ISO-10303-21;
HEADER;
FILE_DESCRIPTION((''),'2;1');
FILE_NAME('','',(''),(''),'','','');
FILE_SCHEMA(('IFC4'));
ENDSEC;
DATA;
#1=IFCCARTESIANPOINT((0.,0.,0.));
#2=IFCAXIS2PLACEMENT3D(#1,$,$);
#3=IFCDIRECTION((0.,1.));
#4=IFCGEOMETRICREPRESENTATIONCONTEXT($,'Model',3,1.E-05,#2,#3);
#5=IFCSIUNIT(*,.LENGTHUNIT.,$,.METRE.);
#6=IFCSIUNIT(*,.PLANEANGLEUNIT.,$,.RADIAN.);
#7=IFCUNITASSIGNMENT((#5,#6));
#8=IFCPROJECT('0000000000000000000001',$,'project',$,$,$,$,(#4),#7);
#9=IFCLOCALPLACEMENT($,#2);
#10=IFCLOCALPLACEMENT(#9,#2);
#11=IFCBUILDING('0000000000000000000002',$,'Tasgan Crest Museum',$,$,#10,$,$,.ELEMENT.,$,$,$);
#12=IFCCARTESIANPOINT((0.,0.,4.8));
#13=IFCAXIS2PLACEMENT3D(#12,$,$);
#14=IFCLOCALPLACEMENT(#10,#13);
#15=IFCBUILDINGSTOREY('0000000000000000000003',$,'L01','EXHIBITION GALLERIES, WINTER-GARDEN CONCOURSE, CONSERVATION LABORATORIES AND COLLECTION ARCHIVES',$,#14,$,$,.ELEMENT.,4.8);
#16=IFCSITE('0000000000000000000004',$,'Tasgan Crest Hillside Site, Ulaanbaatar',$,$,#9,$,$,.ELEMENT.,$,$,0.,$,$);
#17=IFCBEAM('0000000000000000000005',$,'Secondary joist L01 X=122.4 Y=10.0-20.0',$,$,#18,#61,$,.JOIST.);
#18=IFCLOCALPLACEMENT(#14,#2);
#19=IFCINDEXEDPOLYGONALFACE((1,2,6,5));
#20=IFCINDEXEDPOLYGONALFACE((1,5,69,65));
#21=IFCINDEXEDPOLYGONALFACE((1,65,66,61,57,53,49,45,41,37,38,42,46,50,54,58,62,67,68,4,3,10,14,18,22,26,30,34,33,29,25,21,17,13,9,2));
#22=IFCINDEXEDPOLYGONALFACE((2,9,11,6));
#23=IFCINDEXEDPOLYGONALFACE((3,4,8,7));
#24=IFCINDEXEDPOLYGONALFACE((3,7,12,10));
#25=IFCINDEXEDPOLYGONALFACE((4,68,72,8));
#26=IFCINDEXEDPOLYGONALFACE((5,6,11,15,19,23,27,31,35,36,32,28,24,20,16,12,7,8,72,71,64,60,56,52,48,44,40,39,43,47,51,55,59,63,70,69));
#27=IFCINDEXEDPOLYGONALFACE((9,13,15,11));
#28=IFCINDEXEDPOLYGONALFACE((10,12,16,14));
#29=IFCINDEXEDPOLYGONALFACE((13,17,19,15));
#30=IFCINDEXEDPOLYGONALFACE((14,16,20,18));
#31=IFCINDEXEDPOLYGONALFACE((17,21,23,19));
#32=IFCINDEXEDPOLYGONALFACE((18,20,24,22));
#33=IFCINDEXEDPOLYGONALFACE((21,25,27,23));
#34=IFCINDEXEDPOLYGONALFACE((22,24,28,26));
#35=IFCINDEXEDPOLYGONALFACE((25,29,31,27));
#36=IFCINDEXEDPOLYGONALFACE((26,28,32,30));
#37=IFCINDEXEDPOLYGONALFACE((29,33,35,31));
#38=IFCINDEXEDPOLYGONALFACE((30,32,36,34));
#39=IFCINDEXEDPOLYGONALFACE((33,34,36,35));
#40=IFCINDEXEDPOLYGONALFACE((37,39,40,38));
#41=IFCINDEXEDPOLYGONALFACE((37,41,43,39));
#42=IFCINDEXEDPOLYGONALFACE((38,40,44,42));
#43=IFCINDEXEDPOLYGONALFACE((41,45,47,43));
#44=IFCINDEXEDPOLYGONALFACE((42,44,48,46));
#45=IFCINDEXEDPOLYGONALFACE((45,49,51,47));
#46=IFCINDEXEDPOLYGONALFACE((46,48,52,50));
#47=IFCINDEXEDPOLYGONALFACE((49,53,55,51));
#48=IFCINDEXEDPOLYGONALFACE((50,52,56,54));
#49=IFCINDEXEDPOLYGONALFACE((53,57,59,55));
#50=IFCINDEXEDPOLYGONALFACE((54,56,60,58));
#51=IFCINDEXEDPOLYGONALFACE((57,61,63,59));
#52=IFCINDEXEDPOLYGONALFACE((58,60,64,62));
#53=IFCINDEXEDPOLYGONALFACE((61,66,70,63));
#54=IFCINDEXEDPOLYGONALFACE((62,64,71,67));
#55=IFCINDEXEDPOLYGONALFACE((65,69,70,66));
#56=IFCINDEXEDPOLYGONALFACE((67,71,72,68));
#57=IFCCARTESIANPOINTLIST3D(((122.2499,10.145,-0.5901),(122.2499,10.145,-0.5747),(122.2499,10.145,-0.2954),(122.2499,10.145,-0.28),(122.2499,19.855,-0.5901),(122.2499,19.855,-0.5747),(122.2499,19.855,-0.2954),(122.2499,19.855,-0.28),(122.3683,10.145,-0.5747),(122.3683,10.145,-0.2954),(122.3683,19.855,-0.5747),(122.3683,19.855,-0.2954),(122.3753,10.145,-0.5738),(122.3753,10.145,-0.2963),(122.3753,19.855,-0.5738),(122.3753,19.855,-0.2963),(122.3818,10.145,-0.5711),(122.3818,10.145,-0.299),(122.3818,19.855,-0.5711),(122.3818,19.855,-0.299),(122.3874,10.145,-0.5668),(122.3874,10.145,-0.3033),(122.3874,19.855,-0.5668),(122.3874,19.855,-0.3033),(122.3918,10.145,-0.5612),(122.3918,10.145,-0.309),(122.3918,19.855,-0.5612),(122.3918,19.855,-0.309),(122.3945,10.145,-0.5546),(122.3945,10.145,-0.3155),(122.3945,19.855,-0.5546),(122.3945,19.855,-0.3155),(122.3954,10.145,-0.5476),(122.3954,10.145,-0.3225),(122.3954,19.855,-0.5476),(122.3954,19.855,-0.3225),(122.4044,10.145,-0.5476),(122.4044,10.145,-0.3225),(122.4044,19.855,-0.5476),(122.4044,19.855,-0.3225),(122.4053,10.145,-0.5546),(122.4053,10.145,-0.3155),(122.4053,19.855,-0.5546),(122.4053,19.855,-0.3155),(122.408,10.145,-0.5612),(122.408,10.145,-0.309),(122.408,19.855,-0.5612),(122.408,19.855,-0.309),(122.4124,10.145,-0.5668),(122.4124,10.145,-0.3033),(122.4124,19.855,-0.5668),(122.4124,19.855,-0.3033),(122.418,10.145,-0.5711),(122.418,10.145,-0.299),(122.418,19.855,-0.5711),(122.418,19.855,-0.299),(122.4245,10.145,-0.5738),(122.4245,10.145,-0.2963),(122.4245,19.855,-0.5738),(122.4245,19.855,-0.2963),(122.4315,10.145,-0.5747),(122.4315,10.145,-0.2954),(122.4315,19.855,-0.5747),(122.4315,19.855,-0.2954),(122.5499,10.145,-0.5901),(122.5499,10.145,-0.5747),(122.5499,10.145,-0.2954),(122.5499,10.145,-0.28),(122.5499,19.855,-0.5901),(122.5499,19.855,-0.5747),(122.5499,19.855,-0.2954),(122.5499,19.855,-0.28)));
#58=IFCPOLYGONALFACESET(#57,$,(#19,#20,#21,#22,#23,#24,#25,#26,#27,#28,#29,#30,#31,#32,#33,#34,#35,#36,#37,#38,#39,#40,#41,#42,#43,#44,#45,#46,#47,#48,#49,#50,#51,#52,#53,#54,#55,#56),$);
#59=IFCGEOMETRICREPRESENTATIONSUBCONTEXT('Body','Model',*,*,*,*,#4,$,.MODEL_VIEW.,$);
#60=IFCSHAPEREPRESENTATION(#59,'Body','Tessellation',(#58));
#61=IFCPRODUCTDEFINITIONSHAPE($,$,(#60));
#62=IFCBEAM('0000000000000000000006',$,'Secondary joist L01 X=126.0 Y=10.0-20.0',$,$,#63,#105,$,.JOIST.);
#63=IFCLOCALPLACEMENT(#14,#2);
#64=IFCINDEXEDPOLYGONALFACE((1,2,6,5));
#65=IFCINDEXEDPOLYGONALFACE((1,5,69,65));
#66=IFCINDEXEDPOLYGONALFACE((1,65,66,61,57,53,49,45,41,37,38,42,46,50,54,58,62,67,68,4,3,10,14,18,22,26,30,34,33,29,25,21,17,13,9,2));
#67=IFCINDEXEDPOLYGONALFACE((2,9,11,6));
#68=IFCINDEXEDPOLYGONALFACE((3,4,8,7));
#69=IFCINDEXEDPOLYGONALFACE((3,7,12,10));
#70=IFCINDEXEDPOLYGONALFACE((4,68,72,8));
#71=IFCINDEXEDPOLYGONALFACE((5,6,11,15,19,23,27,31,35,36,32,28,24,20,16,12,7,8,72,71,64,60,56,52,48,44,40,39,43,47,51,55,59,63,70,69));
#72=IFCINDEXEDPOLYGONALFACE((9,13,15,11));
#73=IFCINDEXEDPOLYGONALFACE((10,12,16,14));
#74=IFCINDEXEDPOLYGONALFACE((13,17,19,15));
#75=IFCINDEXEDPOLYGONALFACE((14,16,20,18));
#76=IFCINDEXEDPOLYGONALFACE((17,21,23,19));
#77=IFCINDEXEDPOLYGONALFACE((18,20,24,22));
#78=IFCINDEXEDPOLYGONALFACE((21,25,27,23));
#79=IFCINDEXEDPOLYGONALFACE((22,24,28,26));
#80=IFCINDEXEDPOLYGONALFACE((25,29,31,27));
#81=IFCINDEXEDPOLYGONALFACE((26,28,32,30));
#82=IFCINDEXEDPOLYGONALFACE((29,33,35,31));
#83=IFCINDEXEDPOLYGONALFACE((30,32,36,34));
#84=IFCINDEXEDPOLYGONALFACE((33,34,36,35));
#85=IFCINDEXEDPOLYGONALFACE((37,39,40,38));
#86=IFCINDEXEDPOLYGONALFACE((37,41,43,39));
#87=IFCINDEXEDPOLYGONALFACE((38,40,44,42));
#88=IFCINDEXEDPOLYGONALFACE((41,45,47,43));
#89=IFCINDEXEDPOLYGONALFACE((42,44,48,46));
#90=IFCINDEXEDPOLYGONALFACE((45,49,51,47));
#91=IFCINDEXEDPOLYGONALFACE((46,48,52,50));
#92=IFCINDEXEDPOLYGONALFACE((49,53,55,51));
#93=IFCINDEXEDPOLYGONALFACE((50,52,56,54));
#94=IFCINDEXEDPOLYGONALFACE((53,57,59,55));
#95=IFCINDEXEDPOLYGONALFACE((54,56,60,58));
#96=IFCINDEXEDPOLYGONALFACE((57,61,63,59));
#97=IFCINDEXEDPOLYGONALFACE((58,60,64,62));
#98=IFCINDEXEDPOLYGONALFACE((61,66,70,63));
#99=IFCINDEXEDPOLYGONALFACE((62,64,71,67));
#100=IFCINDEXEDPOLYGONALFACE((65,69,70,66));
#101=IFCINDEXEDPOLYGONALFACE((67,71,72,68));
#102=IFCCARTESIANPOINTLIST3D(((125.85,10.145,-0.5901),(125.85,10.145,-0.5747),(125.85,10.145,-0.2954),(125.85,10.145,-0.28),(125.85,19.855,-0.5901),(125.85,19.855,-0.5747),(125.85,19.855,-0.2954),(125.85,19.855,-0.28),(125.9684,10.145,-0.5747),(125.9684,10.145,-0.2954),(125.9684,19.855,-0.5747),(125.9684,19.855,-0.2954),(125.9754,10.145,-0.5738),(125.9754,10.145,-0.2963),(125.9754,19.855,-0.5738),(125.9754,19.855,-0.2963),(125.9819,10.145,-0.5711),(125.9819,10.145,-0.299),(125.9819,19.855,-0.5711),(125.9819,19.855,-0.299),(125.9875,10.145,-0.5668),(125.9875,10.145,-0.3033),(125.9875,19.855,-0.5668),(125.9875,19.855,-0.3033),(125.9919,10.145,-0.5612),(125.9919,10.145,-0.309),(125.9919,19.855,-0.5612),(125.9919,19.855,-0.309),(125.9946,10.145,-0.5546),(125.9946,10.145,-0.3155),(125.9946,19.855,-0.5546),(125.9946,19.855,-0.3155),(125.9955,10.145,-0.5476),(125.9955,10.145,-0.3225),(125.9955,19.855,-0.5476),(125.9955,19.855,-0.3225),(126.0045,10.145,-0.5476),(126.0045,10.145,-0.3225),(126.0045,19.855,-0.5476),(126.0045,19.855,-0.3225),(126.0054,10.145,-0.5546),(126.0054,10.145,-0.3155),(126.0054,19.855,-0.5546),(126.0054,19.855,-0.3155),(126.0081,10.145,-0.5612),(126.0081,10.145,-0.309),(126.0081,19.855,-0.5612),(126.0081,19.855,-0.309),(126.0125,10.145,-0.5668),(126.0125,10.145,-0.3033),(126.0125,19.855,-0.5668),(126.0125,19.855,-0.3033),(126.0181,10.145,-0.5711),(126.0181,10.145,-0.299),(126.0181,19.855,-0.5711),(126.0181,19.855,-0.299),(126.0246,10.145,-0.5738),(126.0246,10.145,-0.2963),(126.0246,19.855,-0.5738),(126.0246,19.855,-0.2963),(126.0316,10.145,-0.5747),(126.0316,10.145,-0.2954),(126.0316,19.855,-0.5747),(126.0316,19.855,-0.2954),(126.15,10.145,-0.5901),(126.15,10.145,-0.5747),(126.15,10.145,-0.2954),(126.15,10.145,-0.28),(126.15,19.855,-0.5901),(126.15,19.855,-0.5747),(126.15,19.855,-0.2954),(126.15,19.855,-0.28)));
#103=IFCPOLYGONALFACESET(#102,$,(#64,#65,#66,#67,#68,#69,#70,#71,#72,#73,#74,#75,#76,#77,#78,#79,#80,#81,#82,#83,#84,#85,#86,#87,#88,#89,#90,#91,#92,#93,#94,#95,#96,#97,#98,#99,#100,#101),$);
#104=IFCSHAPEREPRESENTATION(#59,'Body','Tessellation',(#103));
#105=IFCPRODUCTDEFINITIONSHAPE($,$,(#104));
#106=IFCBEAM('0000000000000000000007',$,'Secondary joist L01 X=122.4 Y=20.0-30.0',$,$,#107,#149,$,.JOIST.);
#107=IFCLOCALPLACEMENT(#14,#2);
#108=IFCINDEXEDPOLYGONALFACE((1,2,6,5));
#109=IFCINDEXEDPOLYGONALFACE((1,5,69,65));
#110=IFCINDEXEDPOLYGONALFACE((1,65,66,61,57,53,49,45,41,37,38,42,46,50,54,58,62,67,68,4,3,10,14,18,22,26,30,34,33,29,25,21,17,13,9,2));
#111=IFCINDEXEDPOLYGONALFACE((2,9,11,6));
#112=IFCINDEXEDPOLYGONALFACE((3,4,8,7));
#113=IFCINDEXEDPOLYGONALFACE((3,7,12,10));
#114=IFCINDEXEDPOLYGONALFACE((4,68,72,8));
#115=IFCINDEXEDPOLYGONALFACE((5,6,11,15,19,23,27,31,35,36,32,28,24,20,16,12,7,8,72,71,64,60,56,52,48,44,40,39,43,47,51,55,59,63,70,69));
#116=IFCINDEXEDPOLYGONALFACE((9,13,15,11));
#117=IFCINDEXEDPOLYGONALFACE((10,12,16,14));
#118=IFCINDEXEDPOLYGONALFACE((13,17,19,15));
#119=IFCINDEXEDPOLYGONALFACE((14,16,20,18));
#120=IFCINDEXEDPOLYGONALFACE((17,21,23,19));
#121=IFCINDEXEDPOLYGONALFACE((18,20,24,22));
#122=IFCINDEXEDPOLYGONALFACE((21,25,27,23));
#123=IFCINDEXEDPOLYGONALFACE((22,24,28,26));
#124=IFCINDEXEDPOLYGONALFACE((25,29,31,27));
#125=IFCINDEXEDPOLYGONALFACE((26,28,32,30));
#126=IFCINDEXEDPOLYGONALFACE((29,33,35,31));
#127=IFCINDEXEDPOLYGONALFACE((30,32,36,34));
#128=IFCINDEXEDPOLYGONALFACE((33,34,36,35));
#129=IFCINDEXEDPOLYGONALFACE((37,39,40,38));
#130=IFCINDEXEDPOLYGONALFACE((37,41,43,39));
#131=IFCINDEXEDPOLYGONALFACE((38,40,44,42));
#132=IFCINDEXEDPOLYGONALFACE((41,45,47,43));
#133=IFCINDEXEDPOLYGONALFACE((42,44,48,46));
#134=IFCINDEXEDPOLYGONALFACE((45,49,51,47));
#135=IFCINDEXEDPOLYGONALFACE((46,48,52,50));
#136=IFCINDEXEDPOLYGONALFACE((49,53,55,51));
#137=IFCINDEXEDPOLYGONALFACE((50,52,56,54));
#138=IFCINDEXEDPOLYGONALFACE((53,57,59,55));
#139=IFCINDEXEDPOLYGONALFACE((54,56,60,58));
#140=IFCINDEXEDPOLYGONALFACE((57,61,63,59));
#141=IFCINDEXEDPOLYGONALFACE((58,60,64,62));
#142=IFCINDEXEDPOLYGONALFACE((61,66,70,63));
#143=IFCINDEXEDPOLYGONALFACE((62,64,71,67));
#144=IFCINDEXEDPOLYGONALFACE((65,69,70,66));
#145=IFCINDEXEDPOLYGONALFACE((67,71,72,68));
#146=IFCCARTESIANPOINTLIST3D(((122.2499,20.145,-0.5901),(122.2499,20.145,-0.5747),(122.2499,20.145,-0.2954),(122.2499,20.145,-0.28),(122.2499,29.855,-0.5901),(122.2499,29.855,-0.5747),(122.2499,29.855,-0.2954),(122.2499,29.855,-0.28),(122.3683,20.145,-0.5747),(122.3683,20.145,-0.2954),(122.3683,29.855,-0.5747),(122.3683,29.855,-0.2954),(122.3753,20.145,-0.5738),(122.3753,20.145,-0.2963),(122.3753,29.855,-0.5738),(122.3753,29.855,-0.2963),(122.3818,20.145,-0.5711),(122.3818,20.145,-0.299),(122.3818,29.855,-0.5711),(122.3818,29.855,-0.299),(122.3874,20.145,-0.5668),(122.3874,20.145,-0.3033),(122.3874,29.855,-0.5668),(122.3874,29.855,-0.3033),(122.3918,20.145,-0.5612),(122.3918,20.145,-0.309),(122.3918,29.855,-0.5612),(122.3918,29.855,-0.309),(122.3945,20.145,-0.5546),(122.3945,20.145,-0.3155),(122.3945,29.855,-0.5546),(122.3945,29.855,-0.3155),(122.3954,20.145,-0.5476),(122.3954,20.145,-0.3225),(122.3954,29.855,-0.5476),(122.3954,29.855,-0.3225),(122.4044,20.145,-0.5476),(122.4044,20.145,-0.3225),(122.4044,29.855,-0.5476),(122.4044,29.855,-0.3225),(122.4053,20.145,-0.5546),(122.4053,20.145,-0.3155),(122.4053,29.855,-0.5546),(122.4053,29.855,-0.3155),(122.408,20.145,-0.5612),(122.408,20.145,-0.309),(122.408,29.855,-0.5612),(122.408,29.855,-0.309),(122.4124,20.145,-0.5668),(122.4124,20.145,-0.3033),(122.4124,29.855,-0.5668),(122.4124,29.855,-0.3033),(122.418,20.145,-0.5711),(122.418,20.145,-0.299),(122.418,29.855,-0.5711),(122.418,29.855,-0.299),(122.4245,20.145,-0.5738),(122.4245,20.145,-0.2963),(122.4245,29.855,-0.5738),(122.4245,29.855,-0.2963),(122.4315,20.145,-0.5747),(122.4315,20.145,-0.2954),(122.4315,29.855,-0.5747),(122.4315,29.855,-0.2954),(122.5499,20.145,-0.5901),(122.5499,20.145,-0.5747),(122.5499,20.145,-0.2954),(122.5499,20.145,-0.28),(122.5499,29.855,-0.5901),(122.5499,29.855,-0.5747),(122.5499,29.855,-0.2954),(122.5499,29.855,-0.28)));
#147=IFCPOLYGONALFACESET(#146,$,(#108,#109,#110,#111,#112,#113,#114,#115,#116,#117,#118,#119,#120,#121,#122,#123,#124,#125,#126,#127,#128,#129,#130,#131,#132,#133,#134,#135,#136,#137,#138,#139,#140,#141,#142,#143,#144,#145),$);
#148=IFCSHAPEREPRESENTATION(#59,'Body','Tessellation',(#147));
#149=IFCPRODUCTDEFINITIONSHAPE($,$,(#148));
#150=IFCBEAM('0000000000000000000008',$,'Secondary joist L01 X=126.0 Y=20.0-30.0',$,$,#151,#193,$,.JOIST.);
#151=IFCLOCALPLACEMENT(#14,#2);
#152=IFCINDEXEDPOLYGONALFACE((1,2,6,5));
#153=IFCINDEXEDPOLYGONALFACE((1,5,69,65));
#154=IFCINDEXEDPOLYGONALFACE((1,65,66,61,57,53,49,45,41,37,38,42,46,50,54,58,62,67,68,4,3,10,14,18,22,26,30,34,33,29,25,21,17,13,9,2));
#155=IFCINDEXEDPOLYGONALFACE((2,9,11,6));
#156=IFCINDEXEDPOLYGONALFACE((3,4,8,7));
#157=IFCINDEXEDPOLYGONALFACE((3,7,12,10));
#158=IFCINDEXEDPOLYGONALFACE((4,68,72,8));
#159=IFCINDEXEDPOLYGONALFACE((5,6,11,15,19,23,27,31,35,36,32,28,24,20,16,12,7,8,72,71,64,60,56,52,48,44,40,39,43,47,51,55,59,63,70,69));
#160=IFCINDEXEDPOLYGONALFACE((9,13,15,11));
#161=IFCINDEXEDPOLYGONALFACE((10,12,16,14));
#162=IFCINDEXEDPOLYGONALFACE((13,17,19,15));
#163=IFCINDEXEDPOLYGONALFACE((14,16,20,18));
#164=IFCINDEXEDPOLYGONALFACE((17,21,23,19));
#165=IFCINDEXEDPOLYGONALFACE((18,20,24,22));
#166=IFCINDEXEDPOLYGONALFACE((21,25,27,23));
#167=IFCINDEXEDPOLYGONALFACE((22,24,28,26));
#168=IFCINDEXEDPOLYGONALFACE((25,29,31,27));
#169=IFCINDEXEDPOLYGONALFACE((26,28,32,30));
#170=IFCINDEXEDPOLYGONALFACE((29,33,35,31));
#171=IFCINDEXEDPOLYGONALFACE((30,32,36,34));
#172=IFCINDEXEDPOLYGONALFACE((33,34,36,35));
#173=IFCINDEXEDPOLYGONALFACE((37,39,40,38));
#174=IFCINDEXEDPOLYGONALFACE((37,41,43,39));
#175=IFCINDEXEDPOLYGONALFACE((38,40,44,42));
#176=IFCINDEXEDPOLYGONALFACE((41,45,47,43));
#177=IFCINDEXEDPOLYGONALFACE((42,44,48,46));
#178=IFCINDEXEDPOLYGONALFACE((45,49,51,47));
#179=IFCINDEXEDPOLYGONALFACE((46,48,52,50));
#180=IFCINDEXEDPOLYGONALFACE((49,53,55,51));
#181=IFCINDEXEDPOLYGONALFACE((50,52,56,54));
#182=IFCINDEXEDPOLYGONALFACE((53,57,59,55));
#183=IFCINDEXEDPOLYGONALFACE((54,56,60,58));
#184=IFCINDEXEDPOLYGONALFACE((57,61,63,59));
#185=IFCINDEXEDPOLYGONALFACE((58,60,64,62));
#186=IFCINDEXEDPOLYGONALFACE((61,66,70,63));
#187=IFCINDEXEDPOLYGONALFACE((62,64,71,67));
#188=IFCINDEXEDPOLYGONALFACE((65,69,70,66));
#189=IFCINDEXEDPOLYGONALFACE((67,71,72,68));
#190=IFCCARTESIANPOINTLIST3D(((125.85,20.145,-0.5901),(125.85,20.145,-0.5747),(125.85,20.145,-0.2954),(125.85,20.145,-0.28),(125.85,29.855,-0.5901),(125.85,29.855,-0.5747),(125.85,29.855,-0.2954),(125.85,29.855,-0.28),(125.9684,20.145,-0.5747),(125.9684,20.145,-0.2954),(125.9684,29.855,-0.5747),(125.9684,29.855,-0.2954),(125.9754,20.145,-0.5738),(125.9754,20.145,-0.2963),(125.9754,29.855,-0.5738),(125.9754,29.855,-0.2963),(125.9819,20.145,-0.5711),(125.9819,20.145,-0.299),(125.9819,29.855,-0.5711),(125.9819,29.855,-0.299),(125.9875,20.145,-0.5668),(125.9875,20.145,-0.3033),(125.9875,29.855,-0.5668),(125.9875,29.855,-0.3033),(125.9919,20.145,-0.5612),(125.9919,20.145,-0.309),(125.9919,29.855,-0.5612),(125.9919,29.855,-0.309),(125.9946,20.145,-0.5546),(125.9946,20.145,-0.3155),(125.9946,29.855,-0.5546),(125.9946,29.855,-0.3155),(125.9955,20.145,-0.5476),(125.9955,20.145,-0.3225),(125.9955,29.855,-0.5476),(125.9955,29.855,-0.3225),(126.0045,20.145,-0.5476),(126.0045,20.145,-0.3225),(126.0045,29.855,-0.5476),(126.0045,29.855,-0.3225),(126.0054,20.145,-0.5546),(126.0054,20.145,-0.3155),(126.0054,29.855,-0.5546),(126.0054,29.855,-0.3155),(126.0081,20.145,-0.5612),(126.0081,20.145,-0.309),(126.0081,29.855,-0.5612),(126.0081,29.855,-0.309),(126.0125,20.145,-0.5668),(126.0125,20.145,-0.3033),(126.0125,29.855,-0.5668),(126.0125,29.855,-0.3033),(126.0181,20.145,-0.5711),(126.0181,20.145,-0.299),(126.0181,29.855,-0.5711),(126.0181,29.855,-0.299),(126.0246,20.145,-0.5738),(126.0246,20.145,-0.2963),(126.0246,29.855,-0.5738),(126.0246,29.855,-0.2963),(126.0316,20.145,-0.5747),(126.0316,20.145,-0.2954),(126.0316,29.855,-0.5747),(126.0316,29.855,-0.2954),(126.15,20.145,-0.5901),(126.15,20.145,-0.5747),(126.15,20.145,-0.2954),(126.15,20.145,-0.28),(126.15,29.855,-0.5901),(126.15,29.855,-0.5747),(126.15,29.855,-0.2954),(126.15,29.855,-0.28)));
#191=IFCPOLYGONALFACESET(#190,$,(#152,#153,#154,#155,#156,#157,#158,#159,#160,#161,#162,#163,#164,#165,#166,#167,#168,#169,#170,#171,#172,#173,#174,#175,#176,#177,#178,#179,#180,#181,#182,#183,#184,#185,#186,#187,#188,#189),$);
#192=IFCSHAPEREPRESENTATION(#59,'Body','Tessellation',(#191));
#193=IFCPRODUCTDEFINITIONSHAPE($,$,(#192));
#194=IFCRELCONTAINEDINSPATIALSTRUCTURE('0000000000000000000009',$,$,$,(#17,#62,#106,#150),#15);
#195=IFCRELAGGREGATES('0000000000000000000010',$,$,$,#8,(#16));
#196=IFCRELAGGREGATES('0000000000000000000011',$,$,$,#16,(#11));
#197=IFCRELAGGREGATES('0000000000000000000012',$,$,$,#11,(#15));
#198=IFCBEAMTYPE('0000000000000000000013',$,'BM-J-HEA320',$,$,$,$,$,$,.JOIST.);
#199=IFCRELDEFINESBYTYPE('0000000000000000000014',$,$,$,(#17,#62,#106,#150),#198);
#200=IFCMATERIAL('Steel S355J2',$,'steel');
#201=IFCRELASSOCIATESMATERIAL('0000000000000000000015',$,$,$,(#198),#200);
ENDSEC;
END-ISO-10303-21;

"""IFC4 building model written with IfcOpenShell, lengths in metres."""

from ifc_helpers import new_model, si_unit, direction, frame, origin, origin_2d, place, context, subcontext, project, spatial, i_section, extrude, material, material_profile, profile_set, type_object, element, save


model = new_model("IFC4")

# Units and contexts
model_context = context("Model", 3, precision=1e-05, world=origin(), true_north=direction((0.0, 1.0)))
body_context = subcontext(model_context, "Body", "Model", "MODEL_VIEW")
ifc_project = project(units=[si_unit("LENGTHUNIT", "METRE"), si_unit("PLANEANGLEUNIT", "RADIAN")], contexts=[model_context])

# Site, building, storey
site_placement = place(None, origin())
site = spatial("IfcSite", under=ifc_project, at=site_placement, Name="Tasgan Crest Hillside Site, Ulaanbaatar", CompositionType="ELEMENT", RefElevation=0.0)
building_placement = place(site_placement, origin())
building = spatial("IfcBuilding", under=site, at=building_placement, Name="Tasgan Crest Museum", CompositionType="ELEMENT")
storey_placement = place(building_placement, frame((0.0, 0.0, 4.8)))
storey = spatial("IfcBuildingStorey", under=building, at=storey_placement, Name="L01", Description="EXHIBITION GALLERIES, WINTER-GARDEN CONCOURSE, CONSERVATION LABORATORIES AND COLLECTION ARCHIVES", CompositionType="ELEMENT", Elevation=4.8)

# Beams
ifc_material_1 = material(Name="Steel S355J2", Category="steel")
ifc_material_profile_1 = material_profile(ifc_material_1, i_section(OverallWidth=0.3, OverallDepth=0.3101, WebThickness=0.009, FlangeThickness=0.0154, FilletRadius=0.0271, at=origin_2d()), Name="HEA 320")
ifc_profile_set_1 = profile_set([ifc_material_profile_1], Name="Steel S355J2")
beam_type_1 = type_object("IfcBeamType", Name="BM-J-HEA320", PredefinedType="JOIST", material=ifc_profile_set_1)
for number, where, z_axis, x_axis, name in (
    (1, (122.3999, 10.145, -0.4351), (0.0, 1.0, 0.0), (-1.0, 0.0, 0.0), "Secondary joist L01 X=122.4 Y=10.0-20.0"),
    (2, (126.0, 10.145, -0.4351), (0.0, 1.0, 0.0), (-1.0, 0.0, 0.0), "Secondary joist L01 X=126.0 Y=10.0-20.0"),
    (3, (122.3999, 20.145, -0.4351), (0.0, 1.0, 0.0), (-1.0, 0.0, 0.0), "Secondary joist L01 X=122.4 Y=20.0-30.0"),
    (4, (126.0, 20.145, -0.4351), (0.0, 1.0, 0.0), (-1.0, 0.0, 0.0), "Secondary joist L01 X=126.0 Y=20.0-30.0"),
):
    element("IfcBeam", number, at=place(storey_placement, frame(where, z_axis=z_axis, x_axis=x_axis)), inside=storey, type_object=beam_type_1, Name=name, PredefinedType="JOIST", context=body_context, shape_type="SweptSolid", body=[
        extrude(i_section(OverallWidth=0.3, OverallDepth=0.3101, WebThickness=0.009, FlangeThickness=0.0154, FilletRadius=0.0271, at=origin_2d()), origin(), (0.0, 0.0, 1.0), 9.71),
    ])

save(model, "model.ifc")
